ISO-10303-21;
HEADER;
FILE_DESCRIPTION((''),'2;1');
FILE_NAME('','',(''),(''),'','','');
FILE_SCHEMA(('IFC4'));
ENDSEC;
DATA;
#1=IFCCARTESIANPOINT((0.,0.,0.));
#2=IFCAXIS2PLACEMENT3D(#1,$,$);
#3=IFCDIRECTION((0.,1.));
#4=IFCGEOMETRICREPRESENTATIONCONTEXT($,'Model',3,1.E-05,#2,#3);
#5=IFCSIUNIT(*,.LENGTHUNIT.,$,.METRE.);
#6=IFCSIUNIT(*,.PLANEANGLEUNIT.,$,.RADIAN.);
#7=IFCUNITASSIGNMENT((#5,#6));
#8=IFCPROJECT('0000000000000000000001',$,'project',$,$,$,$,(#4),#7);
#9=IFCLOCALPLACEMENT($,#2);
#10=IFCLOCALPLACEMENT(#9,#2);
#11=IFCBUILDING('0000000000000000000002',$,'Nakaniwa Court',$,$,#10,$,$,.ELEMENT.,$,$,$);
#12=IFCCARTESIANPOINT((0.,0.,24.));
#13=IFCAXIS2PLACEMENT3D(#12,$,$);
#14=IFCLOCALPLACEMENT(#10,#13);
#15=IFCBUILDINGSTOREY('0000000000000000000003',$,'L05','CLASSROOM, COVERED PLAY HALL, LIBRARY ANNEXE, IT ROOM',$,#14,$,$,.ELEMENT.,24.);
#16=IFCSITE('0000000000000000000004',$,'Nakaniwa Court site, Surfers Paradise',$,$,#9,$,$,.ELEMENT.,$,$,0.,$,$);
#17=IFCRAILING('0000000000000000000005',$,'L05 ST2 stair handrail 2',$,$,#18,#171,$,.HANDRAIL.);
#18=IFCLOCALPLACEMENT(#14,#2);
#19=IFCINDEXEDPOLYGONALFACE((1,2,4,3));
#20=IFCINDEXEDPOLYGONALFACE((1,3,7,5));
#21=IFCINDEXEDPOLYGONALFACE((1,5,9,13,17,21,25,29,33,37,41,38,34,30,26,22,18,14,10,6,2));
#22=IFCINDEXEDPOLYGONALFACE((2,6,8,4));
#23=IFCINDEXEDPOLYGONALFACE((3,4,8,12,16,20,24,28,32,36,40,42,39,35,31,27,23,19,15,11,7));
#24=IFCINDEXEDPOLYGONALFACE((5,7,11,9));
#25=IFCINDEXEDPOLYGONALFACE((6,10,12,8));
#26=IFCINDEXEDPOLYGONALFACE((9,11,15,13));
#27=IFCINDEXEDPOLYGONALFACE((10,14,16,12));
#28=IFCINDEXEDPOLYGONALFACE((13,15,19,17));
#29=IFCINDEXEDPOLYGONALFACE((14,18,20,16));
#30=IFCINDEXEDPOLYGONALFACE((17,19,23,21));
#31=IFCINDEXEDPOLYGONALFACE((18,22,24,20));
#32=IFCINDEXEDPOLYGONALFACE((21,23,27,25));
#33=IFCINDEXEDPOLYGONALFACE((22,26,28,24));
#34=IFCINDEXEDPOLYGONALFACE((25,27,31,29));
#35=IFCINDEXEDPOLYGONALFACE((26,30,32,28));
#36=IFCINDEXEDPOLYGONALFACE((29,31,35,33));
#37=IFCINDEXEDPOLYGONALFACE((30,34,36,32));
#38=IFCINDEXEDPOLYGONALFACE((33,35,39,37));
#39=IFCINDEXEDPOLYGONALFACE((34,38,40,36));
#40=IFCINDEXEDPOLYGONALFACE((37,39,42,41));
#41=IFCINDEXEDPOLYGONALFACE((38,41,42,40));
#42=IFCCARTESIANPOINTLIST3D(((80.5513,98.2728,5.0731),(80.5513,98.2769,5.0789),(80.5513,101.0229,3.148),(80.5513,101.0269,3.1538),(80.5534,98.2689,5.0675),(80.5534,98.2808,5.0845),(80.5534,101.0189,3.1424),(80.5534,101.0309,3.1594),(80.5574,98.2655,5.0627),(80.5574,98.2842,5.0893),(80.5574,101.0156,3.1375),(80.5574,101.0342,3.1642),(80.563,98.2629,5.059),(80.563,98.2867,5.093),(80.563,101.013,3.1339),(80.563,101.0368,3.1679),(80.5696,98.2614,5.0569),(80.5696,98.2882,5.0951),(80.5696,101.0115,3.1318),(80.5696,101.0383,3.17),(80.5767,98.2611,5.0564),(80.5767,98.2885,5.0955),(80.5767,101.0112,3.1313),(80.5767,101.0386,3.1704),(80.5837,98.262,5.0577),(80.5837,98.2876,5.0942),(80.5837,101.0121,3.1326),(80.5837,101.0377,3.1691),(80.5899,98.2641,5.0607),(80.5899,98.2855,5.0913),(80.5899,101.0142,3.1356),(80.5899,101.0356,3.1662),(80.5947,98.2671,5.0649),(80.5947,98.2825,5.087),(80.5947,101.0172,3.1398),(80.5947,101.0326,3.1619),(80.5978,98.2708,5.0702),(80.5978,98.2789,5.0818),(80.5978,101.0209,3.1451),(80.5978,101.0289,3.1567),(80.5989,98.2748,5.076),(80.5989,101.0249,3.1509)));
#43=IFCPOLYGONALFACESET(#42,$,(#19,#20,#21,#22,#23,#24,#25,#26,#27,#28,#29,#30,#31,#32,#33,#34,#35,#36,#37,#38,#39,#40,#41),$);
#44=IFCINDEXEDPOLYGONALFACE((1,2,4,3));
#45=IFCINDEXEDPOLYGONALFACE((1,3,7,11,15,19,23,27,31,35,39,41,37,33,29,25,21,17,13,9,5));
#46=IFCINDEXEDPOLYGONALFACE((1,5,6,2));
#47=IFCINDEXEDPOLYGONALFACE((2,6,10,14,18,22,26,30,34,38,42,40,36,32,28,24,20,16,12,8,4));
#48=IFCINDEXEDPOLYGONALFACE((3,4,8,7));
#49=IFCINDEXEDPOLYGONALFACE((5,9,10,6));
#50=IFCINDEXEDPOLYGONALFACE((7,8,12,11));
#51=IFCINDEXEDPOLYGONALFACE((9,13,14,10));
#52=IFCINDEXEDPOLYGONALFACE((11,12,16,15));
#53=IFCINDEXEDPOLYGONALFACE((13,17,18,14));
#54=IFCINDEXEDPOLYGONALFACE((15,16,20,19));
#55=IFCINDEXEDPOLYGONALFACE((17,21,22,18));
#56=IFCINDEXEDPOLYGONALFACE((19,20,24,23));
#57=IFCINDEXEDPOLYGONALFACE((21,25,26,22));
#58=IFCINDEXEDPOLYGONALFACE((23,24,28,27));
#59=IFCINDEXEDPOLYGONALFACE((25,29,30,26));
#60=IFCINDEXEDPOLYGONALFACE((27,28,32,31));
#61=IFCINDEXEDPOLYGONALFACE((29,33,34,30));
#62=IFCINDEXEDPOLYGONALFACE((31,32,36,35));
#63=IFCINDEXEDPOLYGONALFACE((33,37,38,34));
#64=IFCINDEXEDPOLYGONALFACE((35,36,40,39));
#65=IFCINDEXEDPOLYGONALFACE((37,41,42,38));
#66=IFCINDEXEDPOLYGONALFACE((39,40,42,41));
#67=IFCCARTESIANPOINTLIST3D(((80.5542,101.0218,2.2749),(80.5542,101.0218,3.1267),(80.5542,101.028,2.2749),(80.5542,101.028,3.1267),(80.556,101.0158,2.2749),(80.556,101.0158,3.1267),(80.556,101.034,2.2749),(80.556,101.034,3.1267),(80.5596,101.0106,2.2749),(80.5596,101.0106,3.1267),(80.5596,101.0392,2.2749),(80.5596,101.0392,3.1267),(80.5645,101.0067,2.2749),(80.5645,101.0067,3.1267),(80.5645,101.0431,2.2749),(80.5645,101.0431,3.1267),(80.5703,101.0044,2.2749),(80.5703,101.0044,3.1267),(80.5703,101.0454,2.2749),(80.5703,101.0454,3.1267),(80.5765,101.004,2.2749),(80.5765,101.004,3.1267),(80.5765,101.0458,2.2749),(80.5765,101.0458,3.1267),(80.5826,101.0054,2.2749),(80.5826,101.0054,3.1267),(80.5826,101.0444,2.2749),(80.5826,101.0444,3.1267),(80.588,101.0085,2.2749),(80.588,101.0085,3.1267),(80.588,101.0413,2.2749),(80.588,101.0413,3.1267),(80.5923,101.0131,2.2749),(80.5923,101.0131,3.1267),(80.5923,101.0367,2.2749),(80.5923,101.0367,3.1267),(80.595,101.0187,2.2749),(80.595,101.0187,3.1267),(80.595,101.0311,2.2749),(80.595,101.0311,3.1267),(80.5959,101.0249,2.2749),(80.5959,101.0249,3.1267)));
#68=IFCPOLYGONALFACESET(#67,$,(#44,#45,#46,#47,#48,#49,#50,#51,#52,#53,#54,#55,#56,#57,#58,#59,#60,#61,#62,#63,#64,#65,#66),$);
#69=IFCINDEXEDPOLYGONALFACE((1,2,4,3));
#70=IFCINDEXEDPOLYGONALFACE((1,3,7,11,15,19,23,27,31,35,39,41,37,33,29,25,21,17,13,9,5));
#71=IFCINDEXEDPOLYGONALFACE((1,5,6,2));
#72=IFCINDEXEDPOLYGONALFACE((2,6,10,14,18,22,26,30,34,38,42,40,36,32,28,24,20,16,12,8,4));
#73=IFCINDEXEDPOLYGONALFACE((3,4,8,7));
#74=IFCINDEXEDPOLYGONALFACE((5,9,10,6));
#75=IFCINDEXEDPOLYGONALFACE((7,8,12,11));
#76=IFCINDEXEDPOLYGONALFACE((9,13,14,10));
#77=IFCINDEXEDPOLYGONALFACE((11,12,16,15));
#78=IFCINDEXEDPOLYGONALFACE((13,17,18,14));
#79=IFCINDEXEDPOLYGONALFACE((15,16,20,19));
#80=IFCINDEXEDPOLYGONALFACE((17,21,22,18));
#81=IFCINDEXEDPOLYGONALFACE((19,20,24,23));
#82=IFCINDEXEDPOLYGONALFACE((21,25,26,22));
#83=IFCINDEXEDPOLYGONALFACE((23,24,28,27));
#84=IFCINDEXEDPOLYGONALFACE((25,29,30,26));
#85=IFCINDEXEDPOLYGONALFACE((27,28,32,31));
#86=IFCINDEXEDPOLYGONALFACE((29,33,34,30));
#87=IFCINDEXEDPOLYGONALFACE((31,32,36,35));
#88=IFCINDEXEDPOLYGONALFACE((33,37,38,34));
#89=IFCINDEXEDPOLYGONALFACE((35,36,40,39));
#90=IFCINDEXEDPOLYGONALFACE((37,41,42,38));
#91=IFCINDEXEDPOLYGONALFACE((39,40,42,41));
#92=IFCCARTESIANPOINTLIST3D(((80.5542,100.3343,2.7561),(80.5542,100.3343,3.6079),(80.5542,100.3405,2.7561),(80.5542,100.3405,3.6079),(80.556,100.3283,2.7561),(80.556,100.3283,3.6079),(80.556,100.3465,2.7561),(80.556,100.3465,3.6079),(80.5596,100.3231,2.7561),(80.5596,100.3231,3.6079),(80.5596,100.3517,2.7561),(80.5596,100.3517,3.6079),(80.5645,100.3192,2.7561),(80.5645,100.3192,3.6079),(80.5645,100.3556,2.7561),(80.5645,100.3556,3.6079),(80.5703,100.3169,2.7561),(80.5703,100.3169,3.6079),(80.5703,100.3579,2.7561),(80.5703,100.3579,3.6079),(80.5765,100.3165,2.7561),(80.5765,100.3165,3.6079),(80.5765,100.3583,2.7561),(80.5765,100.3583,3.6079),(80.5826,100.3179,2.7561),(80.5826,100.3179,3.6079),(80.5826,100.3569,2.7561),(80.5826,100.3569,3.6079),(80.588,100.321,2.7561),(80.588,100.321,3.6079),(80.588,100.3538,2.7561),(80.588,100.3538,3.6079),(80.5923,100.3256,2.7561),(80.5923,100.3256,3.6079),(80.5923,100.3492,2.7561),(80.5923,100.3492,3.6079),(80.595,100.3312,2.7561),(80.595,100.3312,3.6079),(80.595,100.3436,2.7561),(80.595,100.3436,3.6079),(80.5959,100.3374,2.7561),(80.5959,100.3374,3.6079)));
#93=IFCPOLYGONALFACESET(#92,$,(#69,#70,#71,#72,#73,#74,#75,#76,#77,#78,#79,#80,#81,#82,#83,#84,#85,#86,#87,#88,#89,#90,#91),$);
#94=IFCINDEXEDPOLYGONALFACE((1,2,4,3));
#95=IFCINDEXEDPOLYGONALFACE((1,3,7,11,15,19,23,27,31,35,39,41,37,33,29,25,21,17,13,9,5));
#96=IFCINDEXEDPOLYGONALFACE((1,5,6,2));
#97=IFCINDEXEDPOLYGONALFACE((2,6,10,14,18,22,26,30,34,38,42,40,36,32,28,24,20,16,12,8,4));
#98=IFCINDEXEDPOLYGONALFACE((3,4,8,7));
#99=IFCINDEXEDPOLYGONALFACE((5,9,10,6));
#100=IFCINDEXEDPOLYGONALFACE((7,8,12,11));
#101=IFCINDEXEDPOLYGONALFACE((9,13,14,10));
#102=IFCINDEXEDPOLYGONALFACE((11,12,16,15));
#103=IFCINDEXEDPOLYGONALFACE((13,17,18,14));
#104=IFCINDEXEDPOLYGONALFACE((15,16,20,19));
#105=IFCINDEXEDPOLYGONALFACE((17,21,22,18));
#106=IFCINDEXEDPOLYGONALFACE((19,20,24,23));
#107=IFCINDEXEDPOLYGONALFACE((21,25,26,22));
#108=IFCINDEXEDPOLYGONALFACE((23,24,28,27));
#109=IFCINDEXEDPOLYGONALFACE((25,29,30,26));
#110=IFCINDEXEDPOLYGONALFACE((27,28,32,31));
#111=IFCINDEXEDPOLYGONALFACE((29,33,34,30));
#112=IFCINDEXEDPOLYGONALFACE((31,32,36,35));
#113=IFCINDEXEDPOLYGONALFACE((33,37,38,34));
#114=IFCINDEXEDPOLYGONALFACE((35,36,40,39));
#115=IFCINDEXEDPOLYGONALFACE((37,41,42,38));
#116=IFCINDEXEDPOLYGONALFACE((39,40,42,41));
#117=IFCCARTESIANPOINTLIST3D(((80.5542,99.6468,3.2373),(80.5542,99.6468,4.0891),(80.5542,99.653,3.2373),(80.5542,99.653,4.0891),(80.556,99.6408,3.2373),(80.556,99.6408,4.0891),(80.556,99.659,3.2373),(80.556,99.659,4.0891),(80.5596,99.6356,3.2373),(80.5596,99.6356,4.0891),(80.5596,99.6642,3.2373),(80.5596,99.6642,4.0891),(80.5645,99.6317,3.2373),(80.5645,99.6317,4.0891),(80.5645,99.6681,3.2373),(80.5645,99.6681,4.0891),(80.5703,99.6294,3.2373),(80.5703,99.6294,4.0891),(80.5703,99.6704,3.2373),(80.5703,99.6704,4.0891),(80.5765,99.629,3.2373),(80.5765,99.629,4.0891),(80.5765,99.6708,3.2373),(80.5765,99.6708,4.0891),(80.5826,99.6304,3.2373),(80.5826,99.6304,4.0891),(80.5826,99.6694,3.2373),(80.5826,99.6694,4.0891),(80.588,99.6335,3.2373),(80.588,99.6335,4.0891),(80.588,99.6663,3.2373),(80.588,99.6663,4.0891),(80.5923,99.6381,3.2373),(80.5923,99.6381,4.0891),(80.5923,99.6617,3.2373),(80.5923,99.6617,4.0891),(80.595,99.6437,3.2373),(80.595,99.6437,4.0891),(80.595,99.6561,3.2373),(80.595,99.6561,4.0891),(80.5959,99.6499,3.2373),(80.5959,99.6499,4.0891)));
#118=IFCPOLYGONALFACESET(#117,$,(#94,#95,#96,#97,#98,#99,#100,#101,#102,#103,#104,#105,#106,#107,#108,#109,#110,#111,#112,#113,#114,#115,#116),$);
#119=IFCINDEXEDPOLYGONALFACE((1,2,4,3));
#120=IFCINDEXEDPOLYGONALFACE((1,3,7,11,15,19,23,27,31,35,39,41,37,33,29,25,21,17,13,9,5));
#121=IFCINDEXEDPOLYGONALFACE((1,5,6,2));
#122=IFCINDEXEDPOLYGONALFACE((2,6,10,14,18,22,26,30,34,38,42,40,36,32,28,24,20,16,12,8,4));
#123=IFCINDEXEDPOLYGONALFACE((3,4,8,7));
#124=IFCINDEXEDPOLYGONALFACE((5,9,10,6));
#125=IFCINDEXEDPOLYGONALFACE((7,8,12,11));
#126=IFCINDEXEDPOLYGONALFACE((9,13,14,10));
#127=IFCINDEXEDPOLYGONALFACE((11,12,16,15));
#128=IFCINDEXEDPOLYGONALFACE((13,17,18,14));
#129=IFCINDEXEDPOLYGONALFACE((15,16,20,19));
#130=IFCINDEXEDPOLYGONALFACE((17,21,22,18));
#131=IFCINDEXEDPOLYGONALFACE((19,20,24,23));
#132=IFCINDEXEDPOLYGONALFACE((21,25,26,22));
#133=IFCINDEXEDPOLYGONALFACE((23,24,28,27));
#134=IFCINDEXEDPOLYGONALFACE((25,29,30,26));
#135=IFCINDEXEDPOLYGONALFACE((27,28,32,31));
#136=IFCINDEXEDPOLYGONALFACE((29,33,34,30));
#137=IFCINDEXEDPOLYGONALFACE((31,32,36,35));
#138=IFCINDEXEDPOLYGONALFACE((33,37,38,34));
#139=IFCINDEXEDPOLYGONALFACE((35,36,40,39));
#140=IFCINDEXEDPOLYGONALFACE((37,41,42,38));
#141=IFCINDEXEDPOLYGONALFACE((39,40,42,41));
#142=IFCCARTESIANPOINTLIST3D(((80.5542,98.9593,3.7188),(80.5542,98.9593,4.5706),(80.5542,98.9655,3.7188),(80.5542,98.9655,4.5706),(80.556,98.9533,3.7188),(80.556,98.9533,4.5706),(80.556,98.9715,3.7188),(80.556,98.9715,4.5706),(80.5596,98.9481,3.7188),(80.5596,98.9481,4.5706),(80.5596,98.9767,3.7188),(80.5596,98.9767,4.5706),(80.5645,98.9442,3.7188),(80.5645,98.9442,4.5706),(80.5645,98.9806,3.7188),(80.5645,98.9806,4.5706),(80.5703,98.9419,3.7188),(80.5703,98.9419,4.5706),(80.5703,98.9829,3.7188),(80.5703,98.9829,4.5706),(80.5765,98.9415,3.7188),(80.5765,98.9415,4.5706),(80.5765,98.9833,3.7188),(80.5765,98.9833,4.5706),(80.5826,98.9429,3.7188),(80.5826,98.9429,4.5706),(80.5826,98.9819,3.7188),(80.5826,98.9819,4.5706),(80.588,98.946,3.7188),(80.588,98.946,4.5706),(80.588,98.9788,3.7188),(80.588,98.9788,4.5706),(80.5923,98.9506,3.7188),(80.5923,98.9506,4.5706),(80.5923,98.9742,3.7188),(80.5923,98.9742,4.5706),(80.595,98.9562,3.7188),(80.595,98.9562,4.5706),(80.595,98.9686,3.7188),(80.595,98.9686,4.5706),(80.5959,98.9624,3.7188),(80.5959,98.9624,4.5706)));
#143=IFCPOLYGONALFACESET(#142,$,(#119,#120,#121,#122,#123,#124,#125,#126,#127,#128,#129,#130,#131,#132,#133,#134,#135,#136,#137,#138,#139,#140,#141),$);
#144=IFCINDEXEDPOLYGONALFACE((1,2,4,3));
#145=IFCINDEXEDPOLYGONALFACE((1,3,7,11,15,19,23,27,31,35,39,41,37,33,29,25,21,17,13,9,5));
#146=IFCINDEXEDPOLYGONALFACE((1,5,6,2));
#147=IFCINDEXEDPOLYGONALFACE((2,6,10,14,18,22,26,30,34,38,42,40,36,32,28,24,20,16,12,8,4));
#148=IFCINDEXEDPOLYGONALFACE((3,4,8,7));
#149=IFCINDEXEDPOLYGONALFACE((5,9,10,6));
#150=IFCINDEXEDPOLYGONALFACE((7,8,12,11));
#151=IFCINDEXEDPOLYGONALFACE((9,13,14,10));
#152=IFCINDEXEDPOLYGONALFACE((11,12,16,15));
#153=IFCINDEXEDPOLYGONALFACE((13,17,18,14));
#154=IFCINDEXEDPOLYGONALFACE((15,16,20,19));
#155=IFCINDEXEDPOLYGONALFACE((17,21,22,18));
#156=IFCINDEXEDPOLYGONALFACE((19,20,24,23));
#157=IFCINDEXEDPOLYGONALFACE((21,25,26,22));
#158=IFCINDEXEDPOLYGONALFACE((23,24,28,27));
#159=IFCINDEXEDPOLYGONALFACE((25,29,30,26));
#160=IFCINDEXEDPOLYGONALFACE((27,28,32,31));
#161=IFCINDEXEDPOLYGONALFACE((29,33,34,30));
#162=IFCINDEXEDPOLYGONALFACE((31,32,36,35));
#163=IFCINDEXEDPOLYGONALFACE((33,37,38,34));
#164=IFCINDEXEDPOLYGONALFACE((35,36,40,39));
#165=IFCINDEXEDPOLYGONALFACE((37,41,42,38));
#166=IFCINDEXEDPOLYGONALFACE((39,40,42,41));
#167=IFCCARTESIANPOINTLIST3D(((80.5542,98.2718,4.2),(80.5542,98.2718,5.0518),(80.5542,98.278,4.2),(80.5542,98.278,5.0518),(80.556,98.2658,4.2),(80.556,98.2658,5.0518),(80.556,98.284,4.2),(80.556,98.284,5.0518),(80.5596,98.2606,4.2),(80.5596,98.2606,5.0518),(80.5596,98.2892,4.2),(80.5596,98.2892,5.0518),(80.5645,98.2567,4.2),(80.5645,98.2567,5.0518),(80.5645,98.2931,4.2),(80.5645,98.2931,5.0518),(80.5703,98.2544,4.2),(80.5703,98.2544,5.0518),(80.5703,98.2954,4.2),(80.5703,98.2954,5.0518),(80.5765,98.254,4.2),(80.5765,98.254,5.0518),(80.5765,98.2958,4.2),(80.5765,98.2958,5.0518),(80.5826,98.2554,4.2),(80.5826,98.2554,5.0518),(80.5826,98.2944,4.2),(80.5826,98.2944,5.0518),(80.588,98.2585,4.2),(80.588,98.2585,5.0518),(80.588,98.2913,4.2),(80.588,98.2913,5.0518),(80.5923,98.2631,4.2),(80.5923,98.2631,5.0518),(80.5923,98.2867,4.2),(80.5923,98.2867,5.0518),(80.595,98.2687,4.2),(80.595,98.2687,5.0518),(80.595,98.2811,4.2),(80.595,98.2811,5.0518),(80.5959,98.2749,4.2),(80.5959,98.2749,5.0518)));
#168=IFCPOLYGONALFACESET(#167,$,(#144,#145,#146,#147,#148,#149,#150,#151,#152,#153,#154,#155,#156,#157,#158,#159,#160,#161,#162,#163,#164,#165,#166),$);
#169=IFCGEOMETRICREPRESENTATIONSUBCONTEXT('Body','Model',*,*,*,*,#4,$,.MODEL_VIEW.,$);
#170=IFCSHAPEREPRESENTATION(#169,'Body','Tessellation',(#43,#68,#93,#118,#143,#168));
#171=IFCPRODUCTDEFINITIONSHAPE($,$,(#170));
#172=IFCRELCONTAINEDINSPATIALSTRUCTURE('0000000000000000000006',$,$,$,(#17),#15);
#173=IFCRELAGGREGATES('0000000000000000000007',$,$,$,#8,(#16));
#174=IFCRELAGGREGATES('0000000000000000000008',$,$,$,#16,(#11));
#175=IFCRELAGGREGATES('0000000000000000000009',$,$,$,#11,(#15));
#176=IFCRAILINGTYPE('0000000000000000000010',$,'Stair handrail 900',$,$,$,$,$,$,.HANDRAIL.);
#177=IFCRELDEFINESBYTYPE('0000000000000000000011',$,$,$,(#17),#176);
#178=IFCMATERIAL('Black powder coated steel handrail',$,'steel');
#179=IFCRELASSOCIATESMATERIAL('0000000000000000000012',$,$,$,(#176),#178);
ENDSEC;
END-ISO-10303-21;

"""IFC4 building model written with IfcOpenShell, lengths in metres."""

from ifc_helpers import new_model, si_unit, direction, frame, origin, origin_2d, place, context, subcontext, project, spatial, circle, extrude, material, type_object, element, save


model = new_model("IFC4")

# Units and contexts
model_context = context("Model", 3, precision=1e-05, world=origin(), true_north=direction((0.0, 1.0)))
body_context = subcontext(model_context, "Body", "Model", "MODEL_VIEW")
ifc_project = project(units=[si_unit("LENGTHUNIT", "METRE"), si_unit("PLANEANGLEUNIT", "RADIAN")], contexts=[model_context])

# Site, building, storey
site_placement = place(None, origin())
site = spatial("IfcSite", under=ifc_project, at=site_placement, Name="Nakaniwa Court site, Surfers Paradise", CompositionType="ELEMENT", RefElevation=0.0)
building_placement = place(site_placement, origin())
building = spatial("IfcBuilding", under=site, at=building_placement, Name="Nakaniwa Court", CompositionType="ELEMENT")
storey_placement = place(building_placement, frame((0.0, 0.0, 24.0)))
storey = spatial("IfcBuildingStorey", under=building, at=storey_placement, Name="L05", Description="CLASSROOM, COVERED PLAY HALL, LIBRARY ANNEXE, IT ROOM", CompositionType="ELEMENT", Elevation=24.0)

# Railing
ifc_material_1 = material(Name="Black powder coated steel handrail", Category="steel")
railing_type_1 = type_object("IfcRailingType", Name="Stair handrail 900", PredefinedType="HANDRAIL", material=ifc_material_1)
railing_1_placement = place(storey_placement, frame((80.575, 101.0249, 2.2749)))
element("IfcRailing", 1, at=railing_1_placement, inside=storey, type_object=railing_type_1, Name="L05 ST2 stair handrail 2", PredefinedType="HANDRAIL", context=body_context, shape_type="SweptSolid", body=[
    extrude(circle(Radius=0.0239, at=origin_2d()), frame((0.0, 0.0, 0.876), z_axis=(0.0, -0.819225, 0.573472), x_axis=(1.0, 0.0, 0.0)), (0.0, 0.0, 1.0), 3.3569),
    extrude(circle(Radius=0.021, at=origin_2d()), origin(), (0.0, 0.0, 1.0), 0.8518),
    extrude(circle(Radius=0.021, at=origin_2d()), frame((0.0, -0.6875, 0.4812)), (0.0, 0.0, 1.0), 0.8518),
    extrude(circle(Radius=0.021, at=origin_2d()), frame((0.0, -1.375, 0.9624)), (0.0, 0.0, 1.0), 0.8518),
    extrude(circle(Radius=0.021, at=origin_2d()), frame((0.0, -2.0625, 1.4438)), (0.0, 0.0, 1.0), 0.8518),
    extrude(circle(Radius=0.021, at=origin_2d()), frame((0.0, -2.75, 1.925)), (0.0, 0.0, 1.0), 0.8518),
])

save(model, "model.ifc")
